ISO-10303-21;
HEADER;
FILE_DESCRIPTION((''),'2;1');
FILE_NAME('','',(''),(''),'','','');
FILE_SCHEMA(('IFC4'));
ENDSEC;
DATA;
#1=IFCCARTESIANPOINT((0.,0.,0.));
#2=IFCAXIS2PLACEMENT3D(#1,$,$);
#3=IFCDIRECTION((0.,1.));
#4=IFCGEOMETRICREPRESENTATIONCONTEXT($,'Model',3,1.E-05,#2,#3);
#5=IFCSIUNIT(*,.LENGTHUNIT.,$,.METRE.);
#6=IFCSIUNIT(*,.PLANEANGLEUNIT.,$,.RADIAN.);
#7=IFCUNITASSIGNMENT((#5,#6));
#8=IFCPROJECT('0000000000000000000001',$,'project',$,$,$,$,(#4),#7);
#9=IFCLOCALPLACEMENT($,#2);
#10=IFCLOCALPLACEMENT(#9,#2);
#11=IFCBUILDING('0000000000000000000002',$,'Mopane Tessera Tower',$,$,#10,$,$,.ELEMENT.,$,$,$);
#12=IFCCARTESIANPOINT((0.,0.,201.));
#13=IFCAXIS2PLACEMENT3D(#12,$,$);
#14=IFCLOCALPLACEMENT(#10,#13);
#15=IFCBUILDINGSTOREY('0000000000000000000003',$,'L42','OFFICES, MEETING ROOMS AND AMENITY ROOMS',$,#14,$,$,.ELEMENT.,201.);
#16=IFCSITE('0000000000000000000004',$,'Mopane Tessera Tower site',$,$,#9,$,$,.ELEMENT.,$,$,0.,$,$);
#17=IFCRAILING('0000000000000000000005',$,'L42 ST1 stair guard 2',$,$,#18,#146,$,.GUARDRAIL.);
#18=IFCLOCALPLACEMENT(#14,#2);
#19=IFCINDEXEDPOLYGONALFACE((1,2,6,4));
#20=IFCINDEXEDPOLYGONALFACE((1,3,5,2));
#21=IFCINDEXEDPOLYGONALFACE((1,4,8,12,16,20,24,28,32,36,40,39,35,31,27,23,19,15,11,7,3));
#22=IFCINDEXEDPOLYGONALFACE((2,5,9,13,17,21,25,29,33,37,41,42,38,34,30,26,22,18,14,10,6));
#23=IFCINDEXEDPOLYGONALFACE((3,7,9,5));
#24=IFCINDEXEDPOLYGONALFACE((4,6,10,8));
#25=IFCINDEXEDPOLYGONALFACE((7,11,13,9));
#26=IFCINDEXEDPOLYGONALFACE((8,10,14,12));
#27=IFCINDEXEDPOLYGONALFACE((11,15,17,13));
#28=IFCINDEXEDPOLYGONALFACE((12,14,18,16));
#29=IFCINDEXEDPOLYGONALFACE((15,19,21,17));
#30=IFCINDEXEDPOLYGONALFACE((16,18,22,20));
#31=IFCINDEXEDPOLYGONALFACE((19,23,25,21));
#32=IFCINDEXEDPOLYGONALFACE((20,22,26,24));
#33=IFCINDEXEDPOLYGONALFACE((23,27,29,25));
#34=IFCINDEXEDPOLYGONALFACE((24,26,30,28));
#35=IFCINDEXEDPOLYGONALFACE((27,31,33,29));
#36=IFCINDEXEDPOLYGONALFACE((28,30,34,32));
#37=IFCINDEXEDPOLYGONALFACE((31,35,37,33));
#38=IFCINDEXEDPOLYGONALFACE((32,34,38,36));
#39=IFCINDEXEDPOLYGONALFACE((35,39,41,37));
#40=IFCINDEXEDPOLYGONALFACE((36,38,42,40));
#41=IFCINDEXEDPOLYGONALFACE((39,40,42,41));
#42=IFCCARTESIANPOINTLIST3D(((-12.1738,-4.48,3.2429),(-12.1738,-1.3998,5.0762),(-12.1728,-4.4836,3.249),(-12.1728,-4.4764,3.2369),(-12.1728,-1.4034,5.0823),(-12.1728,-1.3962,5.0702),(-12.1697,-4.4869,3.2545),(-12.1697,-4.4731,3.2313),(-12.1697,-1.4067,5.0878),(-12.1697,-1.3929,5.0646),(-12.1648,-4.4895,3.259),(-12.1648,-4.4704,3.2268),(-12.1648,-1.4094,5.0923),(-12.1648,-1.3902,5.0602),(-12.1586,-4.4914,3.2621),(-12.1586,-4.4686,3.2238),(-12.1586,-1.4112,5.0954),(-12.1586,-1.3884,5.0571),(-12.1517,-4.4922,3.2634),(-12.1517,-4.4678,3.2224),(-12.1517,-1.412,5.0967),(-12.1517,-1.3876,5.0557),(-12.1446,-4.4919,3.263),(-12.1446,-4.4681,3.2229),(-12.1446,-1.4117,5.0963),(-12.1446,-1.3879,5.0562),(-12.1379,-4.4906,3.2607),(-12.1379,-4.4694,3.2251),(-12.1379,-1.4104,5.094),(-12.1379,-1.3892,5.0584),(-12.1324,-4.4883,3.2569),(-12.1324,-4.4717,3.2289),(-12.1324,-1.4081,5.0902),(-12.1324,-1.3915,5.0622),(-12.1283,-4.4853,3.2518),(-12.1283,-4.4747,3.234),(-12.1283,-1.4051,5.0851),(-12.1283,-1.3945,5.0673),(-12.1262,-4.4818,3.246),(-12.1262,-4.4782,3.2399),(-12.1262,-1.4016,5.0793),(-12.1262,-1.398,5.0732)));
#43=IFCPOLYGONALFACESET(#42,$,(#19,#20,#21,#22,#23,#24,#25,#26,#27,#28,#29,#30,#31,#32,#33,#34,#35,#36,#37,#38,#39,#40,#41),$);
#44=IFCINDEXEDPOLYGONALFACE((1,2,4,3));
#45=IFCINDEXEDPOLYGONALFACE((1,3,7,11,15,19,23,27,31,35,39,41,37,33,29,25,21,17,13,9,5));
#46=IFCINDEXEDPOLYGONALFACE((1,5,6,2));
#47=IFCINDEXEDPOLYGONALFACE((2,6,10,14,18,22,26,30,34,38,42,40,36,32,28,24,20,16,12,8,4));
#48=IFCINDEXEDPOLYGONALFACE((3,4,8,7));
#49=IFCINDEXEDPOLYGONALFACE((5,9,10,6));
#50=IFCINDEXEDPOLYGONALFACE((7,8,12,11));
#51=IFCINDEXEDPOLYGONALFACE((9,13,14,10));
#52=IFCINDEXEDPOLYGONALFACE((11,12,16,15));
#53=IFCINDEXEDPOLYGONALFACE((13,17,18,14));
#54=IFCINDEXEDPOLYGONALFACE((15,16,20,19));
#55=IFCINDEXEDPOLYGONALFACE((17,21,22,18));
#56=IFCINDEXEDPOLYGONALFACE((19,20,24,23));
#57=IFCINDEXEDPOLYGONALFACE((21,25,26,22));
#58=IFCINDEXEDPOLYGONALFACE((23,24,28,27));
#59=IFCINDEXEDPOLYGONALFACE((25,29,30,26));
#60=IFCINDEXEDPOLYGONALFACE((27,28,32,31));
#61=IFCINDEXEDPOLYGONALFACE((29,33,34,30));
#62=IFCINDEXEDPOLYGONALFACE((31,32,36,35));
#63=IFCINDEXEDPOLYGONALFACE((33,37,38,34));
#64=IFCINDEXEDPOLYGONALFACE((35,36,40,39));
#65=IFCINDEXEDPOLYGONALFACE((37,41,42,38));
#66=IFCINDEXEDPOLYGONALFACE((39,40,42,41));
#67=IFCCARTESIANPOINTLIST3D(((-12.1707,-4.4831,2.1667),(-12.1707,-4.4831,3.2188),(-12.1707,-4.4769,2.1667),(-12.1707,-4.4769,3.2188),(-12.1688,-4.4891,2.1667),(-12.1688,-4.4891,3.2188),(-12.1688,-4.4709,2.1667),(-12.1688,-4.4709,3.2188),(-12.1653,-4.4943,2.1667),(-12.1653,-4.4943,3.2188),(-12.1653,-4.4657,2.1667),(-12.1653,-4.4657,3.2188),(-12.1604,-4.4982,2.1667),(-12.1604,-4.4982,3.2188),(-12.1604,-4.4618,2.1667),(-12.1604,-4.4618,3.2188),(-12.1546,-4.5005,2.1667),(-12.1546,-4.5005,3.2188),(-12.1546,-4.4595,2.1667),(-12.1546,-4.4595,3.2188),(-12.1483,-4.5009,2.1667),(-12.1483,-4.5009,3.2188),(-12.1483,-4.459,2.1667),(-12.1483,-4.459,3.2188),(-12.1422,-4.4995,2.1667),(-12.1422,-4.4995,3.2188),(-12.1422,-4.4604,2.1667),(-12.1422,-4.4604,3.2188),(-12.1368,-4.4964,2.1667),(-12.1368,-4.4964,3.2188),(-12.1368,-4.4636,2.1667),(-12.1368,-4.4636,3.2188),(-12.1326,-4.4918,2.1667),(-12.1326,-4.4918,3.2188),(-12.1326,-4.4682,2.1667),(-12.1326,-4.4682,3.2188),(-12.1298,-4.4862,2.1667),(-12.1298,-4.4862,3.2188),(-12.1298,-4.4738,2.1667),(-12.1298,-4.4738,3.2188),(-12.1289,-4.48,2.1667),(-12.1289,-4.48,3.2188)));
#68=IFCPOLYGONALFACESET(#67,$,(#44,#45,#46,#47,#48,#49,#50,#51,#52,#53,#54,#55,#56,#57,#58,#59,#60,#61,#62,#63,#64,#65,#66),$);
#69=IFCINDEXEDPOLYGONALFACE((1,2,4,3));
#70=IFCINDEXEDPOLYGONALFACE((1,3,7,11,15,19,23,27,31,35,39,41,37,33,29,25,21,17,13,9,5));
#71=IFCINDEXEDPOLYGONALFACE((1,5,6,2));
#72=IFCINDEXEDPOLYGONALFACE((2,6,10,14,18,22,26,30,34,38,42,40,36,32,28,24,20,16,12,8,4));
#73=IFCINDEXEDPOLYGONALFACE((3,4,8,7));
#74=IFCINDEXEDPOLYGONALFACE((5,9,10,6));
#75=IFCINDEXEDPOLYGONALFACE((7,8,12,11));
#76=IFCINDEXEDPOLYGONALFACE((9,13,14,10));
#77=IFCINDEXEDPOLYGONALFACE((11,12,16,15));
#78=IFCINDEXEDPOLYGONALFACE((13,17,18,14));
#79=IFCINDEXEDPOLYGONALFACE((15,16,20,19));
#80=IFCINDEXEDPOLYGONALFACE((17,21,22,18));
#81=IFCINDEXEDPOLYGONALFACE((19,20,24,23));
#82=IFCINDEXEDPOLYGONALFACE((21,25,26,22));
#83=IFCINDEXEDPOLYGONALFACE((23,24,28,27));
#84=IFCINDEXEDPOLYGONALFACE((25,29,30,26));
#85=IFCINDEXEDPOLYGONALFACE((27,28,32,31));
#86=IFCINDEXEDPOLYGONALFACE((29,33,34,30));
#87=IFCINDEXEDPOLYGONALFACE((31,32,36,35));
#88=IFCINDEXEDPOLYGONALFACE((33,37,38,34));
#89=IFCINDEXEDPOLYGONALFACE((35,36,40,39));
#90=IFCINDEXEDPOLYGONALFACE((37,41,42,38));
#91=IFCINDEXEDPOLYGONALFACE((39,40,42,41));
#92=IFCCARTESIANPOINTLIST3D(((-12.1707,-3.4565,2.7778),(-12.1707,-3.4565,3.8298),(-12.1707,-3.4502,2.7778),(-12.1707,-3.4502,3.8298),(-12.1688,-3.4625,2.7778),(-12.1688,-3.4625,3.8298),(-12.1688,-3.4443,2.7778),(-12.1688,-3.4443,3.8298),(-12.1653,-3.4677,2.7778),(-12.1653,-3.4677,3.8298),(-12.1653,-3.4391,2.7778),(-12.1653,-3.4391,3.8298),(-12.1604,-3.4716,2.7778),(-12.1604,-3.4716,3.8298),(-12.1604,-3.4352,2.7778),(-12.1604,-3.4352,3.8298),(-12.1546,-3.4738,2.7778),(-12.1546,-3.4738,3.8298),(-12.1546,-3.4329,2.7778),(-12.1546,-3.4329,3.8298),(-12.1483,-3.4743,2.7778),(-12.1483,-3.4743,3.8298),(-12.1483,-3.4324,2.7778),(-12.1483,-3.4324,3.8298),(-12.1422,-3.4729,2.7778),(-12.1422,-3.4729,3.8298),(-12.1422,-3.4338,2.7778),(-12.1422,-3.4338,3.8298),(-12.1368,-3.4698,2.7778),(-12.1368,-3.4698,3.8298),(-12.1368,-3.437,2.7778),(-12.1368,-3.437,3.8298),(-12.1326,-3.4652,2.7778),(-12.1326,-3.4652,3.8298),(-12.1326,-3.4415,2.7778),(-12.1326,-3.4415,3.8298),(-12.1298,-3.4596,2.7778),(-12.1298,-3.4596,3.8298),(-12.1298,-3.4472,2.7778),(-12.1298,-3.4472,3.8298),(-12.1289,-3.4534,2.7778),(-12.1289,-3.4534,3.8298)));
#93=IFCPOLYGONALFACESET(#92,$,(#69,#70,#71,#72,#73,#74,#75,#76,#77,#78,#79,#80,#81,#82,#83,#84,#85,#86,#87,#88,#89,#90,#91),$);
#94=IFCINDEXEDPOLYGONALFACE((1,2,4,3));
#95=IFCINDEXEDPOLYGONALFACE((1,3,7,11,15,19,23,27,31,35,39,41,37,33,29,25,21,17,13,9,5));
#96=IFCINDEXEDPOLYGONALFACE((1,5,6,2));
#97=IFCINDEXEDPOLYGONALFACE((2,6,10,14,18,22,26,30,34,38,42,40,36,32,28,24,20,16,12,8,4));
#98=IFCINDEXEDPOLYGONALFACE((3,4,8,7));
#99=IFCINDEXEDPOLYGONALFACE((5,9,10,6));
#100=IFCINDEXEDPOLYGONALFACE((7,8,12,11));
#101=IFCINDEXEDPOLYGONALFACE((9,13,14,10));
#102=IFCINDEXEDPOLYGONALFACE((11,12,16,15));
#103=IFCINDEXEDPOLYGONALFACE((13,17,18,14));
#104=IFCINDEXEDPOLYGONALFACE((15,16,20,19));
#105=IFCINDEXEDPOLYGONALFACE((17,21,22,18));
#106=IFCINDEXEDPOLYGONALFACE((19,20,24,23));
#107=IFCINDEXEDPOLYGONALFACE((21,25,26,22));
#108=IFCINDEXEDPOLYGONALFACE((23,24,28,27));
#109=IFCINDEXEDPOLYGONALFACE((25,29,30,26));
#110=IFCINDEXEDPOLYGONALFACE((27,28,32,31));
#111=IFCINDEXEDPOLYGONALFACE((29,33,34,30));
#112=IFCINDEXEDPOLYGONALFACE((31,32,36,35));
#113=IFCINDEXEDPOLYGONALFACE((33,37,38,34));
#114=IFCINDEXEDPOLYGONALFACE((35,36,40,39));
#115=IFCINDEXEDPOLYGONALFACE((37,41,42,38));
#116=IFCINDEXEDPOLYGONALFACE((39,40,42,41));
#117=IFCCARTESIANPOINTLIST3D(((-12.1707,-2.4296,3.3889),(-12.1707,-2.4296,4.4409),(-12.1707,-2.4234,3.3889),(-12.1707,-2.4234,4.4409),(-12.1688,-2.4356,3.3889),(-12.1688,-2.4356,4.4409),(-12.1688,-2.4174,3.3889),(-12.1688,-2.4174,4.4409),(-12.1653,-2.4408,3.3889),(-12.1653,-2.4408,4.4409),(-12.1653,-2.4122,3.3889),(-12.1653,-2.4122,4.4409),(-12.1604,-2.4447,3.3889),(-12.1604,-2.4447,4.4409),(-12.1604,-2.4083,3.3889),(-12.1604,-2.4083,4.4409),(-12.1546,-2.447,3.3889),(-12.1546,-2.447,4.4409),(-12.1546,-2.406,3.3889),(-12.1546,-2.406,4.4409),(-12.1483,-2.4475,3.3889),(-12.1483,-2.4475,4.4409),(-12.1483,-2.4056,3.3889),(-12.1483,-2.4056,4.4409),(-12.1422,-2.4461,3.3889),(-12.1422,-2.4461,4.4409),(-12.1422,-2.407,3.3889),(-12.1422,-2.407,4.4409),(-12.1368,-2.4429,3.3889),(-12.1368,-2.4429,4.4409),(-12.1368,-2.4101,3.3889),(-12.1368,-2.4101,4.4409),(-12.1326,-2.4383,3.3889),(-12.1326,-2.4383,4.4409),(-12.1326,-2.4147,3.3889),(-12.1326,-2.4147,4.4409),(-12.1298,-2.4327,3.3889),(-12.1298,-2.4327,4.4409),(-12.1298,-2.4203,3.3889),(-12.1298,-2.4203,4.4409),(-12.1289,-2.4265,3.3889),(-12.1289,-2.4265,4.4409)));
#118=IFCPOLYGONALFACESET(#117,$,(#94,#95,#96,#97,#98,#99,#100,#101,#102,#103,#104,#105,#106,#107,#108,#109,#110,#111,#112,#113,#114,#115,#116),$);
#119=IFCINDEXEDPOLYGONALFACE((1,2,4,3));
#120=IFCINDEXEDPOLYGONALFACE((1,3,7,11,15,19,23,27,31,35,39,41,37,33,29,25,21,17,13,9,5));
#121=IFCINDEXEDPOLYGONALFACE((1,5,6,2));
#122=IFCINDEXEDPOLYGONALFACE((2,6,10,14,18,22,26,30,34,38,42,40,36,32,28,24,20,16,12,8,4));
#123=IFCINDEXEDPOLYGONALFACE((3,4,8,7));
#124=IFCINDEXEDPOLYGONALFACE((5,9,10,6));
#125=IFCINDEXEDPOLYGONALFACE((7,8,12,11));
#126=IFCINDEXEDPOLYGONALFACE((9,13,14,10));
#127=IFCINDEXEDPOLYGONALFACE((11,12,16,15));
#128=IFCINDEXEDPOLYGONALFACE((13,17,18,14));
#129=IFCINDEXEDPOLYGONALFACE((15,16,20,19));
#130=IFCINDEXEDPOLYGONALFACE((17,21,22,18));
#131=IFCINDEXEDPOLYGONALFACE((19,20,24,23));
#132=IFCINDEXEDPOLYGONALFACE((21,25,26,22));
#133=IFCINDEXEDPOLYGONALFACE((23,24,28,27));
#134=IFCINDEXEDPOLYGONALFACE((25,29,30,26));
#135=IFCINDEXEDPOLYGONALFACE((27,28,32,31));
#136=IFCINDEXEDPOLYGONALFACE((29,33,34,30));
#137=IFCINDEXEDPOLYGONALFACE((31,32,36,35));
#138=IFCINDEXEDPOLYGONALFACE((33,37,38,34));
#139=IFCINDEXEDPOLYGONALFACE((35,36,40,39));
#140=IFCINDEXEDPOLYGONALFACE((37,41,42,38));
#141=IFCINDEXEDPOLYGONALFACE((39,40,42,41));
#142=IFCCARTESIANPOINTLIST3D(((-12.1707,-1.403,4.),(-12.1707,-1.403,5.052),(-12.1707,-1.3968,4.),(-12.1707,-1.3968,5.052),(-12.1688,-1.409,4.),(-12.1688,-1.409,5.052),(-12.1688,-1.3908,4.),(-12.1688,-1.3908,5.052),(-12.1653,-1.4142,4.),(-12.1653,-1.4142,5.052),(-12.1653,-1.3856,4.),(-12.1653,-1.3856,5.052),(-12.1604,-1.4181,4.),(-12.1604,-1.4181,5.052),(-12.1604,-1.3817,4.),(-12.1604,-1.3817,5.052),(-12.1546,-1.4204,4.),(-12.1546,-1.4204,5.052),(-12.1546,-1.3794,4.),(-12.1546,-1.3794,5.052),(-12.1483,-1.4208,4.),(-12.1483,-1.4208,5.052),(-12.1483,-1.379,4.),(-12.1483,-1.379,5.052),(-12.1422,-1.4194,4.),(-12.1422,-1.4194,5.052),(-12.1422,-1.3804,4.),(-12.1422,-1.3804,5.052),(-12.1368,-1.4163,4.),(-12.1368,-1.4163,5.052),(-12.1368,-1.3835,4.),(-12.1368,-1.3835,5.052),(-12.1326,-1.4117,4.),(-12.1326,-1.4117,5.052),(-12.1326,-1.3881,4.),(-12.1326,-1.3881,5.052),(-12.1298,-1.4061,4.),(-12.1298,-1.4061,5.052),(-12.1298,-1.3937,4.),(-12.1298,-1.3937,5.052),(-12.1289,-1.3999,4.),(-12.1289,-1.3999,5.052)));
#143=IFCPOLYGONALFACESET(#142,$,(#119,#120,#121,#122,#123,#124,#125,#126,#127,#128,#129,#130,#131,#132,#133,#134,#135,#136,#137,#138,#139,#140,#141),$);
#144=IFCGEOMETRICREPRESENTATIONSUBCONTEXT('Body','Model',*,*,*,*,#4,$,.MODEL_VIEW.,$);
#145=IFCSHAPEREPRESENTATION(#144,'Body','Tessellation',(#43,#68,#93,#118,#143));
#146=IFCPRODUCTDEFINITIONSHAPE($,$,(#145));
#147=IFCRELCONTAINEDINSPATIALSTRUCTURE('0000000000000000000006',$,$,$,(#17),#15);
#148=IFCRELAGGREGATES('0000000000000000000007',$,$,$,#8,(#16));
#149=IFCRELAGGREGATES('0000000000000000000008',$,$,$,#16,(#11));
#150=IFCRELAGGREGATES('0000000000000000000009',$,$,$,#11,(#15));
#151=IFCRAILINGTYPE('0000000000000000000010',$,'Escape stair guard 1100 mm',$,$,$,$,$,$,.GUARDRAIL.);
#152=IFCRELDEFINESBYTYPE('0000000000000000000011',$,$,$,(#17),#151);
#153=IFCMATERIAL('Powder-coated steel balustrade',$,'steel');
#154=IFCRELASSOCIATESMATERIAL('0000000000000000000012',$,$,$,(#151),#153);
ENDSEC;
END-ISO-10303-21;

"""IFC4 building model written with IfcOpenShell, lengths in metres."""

from ifc_helpers import new_model, si_unit, direction, frame, origin, origin_2d, place, context, subcontext, project, spatial, circle, extrude, material, type_object, element, save


model = new_model("IFC4")

# Units and contexts
model_context = context("Model", 3, precision=1e-05, world=origin(), true_north=direction((0.0, 1.0)))
body_context = subcontext(model_context, "Body", "Model", "MODEL_VIEW")
ifc_project = project(units=[si_unit("LENGTHUNIT", "METRE"), si_unit("PLANEANGLEUNIT", "RADIAN")], contexts=[model_context])

# Site, building, storey
site_placement = place(None, origin())
site = spatial("IfcSite", under=ifc_project, at=site_placement, Name="Mopane Tessera Tower site", CompositionType="ELEMENT", RefElevation=0.0)
building_placement = place(site_placement, origin())
building = spatial("IfcBuilding", under=site, at=building_placement, Name="Mopane Tessera Tower", CompositionType="ELEMENT")
storey_placement = place(building_placement, frame((0.0, 0.0, 201.0)))
storey = spatial("IfcBuildingStorey", under=building, at=storey_placement, Name="L42", Description="OFFICES, MEETING ROOMS AND AMENITY ROOMS", CompositionType="ELEMENT", Elevation=201.0)

# Railing
ifc_material_1 = material(Name="Powder-coated steel balustrade", Category="steel")
railing_type_1 = type_object("IfcRailingType", Name="Escape stair guard 1100 mm", PredefinedType="GUARDRAIL", material=ifc_material_1)
railing_1_placement = place(storey_placement, frame((-12.1499, -4.48, 2.1667)))
element("IfcRailing", 1, at=railing_1_placement, inside=storey, type_object=railing_type_1, Name="L42 ST1 stair guard 2", PredefinedType="GUARDRAIL", context=body_context, shape_type="SweptSolid", body=[
    extrude(circle(Radius=0.0239, at=origin_2d()), frame((0.0, 0.0, 1.0762), z_axis=(0.0, 0.859309, 0.511458), x_axis=(-1.0, 0.0, 0.0)), (0.0, 0.0, 1.0), 3.5845),
    extrude(circle(Radius=0.021, at=origin_2d()), origin(), (0.0, 0.0, 1.0), 1.052),
    extrude(circle(Radius=0.021, at=origin_2d()), frame((0.0, 1.0266, 0.6111)), (0.0, 0.0, 1.0), 1.052),
    extrude(circle(Radius=0.021, at=origin_2d()), frame((0.0, 2.0535, 1.2222)), (0.0, 0.0, 1.0), 1.052),
    extrude(circle(Radius=0.021, at=origin_2d()), frame((0.0, 3.0801, 1.8333)), (0.0, 0.0, 1.0), 1.052),
])

save(model, "model.ifc")
